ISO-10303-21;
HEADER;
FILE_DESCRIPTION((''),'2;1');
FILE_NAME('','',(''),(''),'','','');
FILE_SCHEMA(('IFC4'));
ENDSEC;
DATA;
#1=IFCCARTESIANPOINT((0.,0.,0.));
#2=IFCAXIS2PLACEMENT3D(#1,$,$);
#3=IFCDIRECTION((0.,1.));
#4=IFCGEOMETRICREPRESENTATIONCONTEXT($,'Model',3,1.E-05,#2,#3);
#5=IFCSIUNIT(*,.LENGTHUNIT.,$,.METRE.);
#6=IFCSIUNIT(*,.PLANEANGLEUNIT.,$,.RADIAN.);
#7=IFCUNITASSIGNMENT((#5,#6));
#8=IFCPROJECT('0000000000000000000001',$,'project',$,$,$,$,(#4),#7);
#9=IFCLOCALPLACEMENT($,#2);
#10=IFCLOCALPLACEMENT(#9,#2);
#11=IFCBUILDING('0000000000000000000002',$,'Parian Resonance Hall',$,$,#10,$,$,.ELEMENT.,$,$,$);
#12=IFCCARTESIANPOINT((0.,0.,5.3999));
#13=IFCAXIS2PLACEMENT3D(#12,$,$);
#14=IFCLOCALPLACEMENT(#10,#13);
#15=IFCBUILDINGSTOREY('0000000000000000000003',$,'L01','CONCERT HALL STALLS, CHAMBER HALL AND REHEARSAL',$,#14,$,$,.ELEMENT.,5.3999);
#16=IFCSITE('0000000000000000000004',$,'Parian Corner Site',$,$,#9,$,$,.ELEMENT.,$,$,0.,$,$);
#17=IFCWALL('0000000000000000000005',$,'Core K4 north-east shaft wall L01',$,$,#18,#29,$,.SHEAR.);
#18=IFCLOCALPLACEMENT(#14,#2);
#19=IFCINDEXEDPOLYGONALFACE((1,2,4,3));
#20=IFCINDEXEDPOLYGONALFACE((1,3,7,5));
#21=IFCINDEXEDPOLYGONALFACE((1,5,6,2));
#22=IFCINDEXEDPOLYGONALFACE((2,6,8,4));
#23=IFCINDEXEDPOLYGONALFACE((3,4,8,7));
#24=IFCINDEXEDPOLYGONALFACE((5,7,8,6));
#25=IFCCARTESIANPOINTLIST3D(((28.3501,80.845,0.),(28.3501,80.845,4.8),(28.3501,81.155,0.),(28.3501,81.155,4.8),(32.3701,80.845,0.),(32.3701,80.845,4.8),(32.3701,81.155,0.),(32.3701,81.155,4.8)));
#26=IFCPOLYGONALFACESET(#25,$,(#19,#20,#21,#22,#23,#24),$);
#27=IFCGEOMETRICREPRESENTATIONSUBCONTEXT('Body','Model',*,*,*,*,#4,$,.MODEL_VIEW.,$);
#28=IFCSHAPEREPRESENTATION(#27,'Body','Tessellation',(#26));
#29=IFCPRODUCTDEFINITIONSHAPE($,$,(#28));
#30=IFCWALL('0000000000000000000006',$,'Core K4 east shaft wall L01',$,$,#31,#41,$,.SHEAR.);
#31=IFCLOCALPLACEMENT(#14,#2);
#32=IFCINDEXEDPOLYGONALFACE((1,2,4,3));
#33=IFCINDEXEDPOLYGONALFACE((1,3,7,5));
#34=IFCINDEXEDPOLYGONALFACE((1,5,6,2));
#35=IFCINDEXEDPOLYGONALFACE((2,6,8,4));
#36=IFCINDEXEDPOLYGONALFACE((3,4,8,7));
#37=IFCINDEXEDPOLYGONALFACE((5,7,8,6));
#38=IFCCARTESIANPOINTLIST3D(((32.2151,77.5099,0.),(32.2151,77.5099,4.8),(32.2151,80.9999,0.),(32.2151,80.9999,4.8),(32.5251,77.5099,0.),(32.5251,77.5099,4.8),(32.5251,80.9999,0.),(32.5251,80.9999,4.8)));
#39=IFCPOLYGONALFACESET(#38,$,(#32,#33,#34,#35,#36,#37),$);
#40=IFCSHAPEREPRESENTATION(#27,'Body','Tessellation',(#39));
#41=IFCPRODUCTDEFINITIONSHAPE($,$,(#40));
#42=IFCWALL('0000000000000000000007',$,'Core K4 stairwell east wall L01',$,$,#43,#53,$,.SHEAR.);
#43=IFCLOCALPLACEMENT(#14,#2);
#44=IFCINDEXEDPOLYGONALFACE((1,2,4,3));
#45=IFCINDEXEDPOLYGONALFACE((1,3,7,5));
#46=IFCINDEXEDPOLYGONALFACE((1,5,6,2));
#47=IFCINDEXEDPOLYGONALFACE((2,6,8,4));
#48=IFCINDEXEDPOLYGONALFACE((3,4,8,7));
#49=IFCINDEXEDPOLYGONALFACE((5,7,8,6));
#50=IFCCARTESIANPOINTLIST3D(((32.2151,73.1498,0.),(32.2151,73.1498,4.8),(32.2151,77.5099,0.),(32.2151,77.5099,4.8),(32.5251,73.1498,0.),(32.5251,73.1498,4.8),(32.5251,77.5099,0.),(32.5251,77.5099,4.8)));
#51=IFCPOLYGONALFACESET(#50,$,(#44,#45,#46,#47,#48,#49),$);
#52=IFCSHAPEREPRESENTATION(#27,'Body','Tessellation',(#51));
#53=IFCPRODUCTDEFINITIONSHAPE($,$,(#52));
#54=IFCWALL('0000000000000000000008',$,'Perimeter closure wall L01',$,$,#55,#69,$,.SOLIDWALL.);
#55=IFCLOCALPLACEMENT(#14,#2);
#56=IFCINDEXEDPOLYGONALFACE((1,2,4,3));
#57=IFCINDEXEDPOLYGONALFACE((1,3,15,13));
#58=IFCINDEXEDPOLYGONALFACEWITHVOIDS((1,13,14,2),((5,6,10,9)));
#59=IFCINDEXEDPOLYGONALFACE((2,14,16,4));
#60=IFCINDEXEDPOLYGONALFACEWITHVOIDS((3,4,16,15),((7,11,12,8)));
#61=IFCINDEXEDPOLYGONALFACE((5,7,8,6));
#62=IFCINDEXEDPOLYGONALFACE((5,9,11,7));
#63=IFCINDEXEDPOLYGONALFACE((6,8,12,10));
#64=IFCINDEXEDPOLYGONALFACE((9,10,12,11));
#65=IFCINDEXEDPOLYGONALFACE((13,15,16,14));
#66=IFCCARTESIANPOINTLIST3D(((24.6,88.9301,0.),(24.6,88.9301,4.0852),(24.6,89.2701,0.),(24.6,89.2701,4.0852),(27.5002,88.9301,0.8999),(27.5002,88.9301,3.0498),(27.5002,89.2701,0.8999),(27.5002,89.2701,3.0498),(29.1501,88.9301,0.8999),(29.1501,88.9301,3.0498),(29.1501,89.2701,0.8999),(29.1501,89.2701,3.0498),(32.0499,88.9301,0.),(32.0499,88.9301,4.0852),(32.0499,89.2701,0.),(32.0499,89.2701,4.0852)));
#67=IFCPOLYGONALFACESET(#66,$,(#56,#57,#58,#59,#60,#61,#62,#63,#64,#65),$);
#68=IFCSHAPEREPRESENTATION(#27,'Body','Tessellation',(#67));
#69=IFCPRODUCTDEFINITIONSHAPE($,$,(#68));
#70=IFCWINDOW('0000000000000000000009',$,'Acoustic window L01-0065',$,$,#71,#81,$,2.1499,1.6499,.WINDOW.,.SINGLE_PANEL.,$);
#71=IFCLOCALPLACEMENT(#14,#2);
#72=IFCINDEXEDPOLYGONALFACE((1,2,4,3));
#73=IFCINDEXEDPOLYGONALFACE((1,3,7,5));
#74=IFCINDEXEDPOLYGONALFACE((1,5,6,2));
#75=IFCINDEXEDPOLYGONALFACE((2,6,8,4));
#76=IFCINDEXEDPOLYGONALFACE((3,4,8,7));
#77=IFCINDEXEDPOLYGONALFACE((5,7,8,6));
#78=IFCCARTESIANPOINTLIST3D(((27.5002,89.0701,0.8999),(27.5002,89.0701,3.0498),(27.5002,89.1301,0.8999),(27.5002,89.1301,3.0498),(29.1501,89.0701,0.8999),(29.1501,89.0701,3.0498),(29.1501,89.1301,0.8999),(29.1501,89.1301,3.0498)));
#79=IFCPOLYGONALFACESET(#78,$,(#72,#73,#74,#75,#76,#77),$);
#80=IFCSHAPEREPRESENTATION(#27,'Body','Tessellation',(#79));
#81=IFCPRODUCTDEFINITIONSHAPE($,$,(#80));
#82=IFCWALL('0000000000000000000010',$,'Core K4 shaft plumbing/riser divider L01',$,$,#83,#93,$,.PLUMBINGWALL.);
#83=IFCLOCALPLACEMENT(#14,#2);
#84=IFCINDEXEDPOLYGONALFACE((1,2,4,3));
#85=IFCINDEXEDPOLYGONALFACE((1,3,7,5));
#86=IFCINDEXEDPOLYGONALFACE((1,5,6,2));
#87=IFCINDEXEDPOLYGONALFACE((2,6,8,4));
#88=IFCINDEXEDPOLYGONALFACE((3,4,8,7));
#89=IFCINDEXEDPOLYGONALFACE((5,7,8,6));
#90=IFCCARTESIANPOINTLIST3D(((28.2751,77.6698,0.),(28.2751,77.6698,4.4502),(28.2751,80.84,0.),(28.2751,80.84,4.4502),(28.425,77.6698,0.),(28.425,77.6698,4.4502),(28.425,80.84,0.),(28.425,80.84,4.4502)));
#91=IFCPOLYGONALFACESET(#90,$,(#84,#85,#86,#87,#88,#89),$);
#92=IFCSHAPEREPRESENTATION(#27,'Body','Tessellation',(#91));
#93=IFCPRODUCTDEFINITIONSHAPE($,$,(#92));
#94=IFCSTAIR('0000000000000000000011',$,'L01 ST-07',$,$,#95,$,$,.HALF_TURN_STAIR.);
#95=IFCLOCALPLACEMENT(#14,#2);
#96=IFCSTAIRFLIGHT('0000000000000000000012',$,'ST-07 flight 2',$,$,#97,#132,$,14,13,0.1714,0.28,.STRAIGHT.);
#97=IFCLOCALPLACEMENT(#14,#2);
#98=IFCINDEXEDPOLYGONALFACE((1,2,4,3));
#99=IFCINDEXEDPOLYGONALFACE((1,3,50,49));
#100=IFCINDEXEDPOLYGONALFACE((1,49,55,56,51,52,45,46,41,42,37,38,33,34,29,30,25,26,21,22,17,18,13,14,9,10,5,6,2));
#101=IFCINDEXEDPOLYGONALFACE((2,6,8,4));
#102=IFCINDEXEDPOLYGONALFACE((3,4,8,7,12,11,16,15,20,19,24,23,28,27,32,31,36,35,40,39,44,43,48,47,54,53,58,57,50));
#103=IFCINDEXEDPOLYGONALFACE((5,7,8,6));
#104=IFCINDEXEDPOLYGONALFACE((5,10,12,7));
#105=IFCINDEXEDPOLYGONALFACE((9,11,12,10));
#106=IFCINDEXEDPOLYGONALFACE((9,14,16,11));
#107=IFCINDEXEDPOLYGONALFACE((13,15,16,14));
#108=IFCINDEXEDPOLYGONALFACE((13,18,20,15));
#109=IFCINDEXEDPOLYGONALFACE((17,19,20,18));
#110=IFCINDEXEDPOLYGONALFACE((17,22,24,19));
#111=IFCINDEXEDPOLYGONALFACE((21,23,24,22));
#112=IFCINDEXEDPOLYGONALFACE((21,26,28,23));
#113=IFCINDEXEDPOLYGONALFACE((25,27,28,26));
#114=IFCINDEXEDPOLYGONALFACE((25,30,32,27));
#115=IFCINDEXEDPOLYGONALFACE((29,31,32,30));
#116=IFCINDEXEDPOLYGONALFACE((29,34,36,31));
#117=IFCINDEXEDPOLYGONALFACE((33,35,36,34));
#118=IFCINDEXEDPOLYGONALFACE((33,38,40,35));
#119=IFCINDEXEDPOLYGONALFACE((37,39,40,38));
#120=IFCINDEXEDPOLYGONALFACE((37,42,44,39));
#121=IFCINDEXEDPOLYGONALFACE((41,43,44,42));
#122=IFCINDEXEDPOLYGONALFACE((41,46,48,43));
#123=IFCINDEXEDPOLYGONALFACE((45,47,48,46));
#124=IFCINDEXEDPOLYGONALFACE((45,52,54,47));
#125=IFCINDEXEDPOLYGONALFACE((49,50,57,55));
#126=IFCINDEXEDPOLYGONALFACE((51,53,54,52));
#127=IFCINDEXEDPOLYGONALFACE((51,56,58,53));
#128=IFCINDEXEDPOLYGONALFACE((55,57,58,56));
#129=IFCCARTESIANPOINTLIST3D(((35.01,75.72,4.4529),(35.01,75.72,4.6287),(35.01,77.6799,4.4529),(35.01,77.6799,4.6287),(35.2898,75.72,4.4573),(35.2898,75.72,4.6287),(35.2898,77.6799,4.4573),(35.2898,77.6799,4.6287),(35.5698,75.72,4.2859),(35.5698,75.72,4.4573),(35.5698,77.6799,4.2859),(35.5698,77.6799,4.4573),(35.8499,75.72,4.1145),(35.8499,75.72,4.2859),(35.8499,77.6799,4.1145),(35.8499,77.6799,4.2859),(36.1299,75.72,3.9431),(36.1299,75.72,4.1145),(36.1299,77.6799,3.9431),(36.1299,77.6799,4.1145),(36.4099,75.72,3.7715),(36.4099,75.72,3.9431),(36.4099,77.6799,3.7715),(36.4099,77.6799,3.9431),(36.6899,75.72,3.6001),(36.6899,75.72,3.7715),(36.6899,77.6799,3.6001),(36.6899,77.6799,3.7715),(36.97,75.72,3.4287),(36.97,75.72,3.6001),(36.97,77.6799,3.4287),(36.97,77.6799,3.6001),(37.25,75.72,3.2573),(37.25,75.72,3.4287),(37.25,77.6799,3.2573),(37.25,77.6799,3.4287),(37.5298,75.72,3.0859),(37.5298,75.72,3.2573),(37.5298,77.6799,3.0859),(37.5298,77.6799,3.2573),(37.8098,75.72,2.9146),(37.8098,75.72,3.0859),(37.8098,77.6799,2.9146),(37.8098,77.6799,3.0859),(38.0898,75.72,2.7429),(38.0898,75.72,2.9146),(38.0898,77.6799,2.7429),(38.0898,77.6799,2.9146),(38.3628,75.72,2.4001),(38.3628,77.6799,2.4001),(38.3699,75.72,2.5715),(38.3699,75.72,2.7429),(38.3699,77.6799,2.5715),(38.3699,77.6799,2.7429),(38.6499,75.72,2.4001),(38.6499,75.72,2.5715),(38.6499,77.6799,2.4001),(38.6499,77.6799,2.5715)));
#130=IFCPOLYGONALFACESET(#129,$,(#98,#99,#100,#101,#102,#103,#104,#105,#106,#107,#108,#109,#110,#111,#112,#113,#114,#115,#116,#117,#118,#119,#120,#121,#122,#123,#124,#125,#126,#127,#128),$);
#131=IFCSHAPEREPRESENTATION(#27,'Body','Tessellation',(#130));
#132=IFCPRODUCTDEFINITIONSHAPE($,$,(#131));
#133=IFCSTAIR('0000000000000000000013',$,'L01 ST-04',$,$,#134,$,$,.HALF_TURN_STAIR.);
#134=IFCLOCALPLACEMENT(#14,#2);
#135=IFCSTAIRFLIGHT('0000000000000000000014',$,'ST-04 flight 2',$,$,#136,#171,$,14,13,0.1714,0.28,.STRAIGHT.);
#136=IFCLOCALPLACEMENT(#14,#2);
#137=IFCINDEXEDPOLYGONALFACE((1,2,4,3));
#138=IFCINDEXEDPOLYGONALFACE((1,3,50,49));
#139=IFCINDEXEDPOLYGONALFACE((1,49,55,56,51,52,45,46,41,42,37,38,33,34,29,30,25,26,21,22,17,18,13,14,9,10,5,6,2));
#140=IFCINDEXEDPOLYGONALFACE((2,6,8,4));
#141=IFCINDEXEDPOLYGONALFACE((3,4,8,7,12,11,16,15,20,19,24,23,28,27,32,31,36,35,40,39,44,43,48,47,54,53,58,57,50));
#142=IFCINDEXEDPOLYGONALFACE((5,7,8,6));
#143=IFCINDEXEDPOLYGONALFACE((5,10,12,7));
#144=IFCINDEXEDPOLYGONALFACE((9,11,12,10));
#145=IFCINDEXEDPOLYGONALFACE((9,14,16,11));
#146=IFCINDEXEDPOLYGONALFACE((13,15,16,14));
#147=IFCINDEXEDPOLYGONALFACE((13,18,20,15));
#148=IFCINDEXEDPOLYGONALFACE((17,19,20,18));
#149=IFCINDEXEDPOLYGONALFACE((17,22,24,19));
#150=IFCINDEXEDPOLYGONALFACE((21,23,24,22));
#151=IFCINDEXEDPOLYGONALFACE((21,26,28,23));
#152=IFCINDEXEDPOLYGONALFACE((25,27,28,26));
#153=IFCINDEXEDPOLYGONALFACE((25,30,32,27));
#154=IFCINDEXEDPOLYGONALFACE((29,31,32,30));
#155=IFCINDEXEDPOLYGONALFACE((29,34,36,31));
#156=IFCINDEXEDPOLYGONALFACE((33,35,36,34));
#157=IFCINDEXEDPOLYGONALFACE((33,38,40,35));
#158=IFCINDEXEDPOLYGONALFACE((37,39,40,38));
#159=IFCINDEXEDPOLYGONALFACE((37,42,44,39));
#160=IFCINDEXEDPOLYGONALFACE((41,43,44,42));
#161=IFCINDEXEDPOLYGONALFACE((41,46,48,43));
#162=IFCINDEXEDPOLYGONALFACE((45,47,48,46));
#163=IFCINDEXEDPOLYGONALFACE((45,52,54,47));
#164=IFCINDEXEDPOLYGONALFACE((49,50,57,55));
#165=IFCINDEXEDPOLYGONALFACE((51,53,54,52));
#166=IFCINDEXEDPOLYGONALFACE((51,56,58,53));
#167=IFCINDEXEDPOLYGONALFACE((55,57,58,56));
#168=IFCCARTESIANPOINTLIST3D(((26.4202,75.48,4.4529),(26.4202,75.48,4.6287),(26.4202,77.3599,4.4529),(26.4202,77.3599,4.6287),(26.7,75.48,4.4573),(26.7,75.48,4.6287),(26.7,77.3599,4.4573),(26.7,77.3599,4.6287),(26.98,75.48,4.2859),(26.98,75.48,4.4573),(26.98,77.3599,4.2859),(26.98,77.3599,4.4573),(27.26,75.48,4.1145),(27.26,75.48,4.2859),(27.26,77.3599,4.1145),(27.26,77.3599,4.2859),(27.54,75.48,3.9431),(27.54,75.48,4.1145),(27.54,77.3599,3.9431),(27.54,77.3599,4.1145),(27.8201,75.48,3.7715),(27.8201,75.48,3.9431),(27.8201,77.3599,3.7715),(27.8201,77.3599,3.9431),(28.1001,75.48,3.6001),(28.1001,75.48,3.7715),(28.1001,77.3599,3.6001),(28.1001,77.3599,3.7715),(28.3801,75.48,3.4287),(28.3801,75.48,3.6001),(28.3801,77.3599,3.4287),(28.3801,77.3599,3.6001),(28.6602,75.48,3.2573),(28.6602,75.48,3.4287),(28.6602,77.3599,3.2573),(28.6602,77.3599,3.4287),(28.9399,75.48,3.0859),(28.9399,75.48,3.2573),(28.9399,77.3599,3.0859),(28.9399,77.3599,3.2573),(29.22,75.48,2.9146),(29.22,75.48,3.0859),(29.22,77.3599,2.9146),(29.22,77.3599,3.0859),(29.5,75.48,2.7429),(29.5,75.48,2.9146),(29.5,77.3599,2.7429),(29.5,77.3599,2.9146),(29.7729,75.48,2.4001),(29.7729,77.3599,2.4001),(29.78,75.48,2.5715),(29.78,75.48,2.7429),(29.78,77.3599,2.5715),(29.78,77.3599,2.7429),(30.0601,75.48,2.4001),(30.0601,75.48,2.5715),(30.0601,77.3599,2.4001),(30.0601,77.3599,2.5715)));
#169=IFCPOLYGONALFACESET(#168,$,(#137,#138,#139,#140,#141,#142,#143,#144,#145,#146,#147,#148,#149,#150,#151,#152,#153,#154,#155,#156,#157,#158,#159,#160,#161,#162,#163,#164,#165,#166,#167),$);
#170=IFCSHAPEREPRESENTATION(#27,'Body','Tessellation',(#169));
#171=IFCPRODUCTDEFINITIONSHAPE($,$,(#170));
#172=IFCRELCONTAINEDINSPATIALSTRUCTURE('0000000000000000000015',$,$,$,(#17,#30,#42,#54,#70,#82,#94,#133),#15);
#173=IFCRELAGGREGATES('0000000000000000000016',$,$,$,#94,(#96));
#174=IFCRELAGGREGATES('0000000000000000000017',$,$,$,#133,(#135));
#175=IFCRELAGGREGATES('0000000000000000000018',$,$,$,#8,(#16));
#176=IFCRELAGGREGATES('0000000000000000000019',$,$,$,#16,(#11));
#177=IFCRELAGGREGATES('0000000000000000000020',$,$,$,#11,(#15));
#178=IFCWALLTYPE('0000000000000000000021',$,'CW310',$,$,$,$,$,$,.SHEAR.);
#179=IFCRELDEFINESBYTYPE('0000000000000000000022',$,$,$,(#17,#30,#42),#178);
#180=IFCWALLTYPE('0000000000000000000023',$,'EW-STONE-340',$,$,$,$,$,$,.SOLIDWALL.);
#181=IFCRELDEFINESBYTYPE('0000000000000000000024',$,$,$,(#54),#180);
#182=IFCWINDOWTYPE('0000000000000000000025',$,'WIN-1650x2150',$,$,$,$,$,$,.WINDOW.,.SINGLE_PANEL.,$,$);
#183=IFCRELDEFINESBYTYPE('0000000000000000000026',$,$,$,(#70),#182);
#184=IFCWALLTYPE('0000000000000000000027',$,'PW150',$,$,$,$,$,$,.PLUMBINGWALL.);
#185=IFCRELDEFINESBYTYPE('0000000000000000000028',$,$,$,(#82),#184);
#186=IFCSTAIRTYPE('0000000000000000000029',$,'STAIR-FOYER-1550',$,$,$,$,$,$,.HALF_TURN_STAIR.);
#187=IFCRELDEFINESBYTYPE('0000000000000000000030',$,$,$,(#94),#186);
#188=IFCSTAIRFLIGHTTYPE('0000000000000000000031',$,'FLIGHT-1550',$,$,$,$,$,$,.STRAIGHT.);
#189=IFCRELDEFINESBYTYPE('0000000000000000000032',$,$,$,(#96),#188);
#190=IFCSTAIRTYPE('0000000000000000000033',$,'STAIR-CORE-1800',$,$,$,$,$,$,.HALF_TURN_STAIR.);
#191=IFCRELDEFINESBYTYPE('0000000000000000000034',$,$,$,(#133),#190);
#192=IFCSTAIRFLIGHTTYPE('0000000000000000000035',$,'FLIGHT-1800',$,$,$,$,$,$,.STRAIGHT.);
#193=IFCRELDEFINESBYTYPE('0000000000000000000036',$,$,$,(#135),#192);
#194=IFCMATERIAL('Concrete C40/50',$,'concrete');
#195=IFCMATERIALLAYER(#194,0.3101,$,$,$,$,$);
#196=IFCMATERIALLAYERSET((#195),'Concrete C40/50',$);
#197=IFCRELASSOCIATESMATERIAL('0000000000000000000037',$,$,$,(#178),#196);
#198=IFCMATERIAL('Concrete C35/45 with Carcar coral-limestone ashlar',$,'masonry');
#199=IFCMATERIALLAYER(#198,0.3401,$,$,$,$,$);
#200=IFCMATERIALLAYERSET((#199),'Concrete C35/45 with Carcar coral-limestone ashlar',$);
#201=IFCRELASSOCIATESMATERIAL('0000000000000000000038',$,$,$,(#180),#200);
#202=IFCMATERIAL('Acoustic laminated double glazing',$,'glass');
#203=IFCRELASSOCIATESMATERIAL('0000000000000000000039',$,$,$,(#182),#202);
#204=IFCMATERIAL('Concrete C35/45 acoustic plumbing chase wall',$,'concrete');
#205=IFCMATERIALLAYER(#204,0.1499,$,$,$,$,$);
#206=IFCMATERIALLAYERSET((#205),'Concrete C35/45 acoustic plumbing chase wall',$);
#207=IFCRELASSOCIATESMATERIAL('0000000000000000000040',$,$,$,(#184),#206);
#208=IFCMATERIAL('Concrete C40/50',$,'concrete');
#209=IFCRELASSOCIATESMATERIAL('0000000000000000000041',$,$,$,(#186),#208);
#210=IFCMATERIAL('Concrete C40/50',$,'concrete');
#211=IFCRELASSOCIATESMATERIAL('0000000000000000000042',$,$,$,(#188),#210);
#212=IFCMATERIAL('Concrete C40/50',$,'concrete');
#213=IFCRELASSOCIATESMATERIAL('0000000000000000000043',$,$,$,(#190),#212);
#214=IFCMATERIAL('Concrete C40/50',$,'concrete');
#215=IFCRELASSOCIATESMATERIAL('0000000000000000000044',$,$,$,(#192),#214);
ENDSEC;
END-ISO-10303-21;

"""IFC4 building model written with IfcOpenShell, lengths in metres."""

from ifc_helpers import new_model, si_unit, direction, frame, frame_2d, origin, place, context, subcontext, project, spatial, polyline, rectangle, outline, extrude, material, layer, layer_set, type_object, element, fill, aggregate, save


model = new_model("IFC4")

# Units and contexts
model_context = context("Model", 3, precision=1e-05, world=origin(), true_north=direction((0.0, 1.0)))
body_context = subcontext(model_context, "Body", "Model", "MODEL_VIEW")
ifc_project = project(units=[si_unit("LENGTHUNIT", "METRE"), si_unit("PLANEANGLEUNIT", "RADIAN")], contexts=[model_context])

# Site, building, storey
site_placement = place(None, origin())
site = spatial("IfcSite", under=ifc_project, at=site_placement, Name="Parian Corner Site", CompositionType="ELEMENT", RefElevation=0.0)
building_placement = place(site_placement, origin())
building = spatial("IfcBuilding", under=site, at=building_placement, Name="Parian Resonance Hall", CompositionType="ELEMENT")
storey_placement = place(building_placement, frame((0.0, 0.0, 5.3999)))
storey = spatial("IfcBuildingStorey", under=building, at=storey_placement, Name="L01", Description="CONCERT HALL STALLS, CHAMBER HALL AND REHEARSAL", CompositionType="ELEMENT", Elevation=5.3999)

# Walls
ifc_material_1 = material(Name="Concrete C40/50", Category="concrete")
ifc_layer_1 = layer(ifc_material_1, 0.3101)
ifc_layer_set_1 = layer_set([ifc_layer_1], Name="Concrete C40/50")
wall_type_1 = type_object("IfcWallType", Name="CW310", PredefinedType="SHEAR", material=ifc_layer_set_1)
wall_1_placement = place(storey_placement, frame((28.3501, 81.0, 0.0), z_axis=(0.0, 0.0, 1.0), x_axis=(1.0, 0.0, 0.0)))
element("IfcWall", 1, at=wall_1_placement, inside=storey, type_object=wall_type_1, Name="Core K4 north-east shaft wall L01", PredefinedType="SHEAR", context=body_context, shape_type="SweptSolid", body=[
    extrude(rectangle(XDim=4.02, YDim=0.3101, at=frame_2d((2.01, 0.0))), origin(), (0.0, 0.0, 1.0), 4.8),
])
wall_2_placement = place(storey_placement, frame((32.3701, 81.0, 0.0), z_axis=(0.0, 0.0, 1.0), x_axis=(0.0, -1.0, 0.0)))
element("IfcWall", 2, at=wall_2_placement, inside=storey, type_object=wall_type_1, Name="Core K4 east shaft wall L01", PredefinedType="SHEAR", context=body_context, shape_type="SweptSolid", body=[
    extrude(rectangle(XDim=3.49, YDim=0.3101, at=frame_2d((1.7451, 0.0))), origin(), (0.0, 0.0, 1.0), 4.8),
])
wall_3_placement = place(storey_placement, frame((32.3701, 77.51, 0.0), z_axis=(0.0, 0.0, 1.0), x_axis=(0.0, -1.0, 0.0)))
element("IfcWall", 3, at=wall_3_placement, inside=storey, type_object=wall_type_1, Name="Core K4 stairwell east wall L01", PredefinedType="SHEAR", context=body_context, shape_type="SweptSolid", body=[
    extrude(rectangle(XDim=4.3601, YDim=0.3101, at=frame_2d((2.1802, 0.0))), origin(), (0.0, 0.0, 1.0), 4.8),
])

# Wall, opening, window
ifc_material_2 = material(Name="Concrete C35/45 with Carcar coral-limestone ashlar", Category="masonry")
ifc_layer_2 = layer(ifc_material_2, 0.3401)
ifc_layer_set_2 = layer_set([ifc_layer_2], Name="Concrete C35/45 with Carcar coral-limestone ashlar")
wall_type_2 = type_object("IfcWallType", Name="EW-STONE-340", PredefinedType="SOLIDWALL", material=ifc_layer_set_2)
wall_4_placement = place(storey_placement, frame((32.05, 89.1001, 0.0), z_axis=(0.0, 0.0, 1.0), x_axis=(-1.0, 0.0, 0.0)))
wall_4 = element("IfcWall", 4, at=wall_4_placement, inside=storey, type_object=wall_type_2, Name="Perimeter closure wall L01", PredefinedType="SOLIDWALL", context=body_context, shape_type="SweptSolid", body=[
    extrude(rectangle(XDim=7.45, YDim=0.3401, at=frame_2d((3.7251, 0.0))), origin(), (0.0, 0.0, 1.0), 4.0852),
])
opening_placement = place(wall_4_placement, frame((2.8999, 0.0, 0.8999)))
opening = element("IfcOpeningElement", 5, at=opening_placement, cuts=wall_4, PredefinedType="OPENING", context=body_context, shape_type="SweptSolid", body=[
    extrude(rectangle(XDim=1.6499, YDim=2.1499, at=frame_2d((0.825, 1.075))), frame((0.0, 0.1799, 0.0), z_axis=(0.0, -1.0, 0.0), x_axis=(1.0, 0.0, 0.0)), (0.0, 0.0, 1.0), 0.3601),
])
ifc_material_3 = material(Name="Acoustic laminated double glazing", Category="glass")
window_type = type_object("IfcWindowType", Name="WIN-1650x2150", PartitioningType="SINGLE_PANEL", PredefinedType="WINDOW", material=ifc_material_3)
window_placement = place(opening_placement, origin())
window = element("IfcWindow", 6, at=window_placement, inside=storey, type_object=window_type, Name="Acoustic window L01-0065", OverallHeight=2.1499, OverallWidth=1.6499, PartitioningType="SINGLE_PANEL", PredefinedType="WINDOW", context=body_context, shape_type="SweptSolid", body=[
    extrude(rectangle(XDim=1.6499, YDim=2.1499, at=frame_2d((0.825, 1.075))), frame((0.0, 0.03, 0.0), z_axis=(0.0, -1.0, 0.0), x_axis=(1.0, 0.0, 0.0)), (0.0, 0.0, 1.0), 0.0601),
])
fill(opening, window)

# Wall
ifc_material_4 = material(Name="Concrete C35/45 acoustic plumbing chase wall", Category="concrete")
ifc_layer_3 = layer(ifc_material_4, 0.1499)
ifc_layer_set_3 = layer_set([ifc_layer_3], Name="Concrete C35/45 acoustic plumbing chase wall")
wall_type_3 = type_object("IfcWallType", Name="PW150", PredefinedType="PLUMBINGWALL", material=ifc_layer_set_3)
wall_5_placement = place(storey_placement, frame((28.3501, 77.6699, 0.0), z_axis=(0.0, 0.0, 1.0), x_axis=(0.0, 1.0, 0.0)))
element("IfcWall", 7, at=wall_5_placement, inside=storey, type_object=wall_type_3, Name="Core K4 shaft plumbing/riser divider L01", PredefinedType="PLUMBINGWALL", context=body_context, shape_type="SweptSolid", body=[
    extrude(rectangle(XDim=3.1702, YDim=0.1499, at=frame_2d((1.585, 0.0))), origin(), (0.0, 0.0, 1.0), 4.4502),
])

# Stairs, stair flights
ifc_material_5 = material(Name="Concrete C40/50", Category="concrete")
stair_type_1 = type_object("IfcStairType", Name="STAIR-FOYER-1550", PredefinedType="HALF_TURN_STAIR", material=ifc_material_5)
stair_1_placement = place(storey_placement, origin())
stair_1 = element("IfcStair", 8, at=stair_1_placement, inside=storey, type_object=stair_type_1, Name="L01 ST-07", PredefinedType="HALF_TURN_STAIR")
ifc_material_6 = material(Name="Concrete C40/50", Category="concrete")
stair_flight_type_1 = type_object("IfcStairFlightType", Name="FLIGHT-1550", PredefinedType="STRAIGHT", material=ifc_material_6)
stair_flight_1_placement = place(storey_placement, frame((38.6499, 76.7, 2.4001), z_axis=(0.0, 0.0, 1.0), x_axis=(-1.0, 0.0, 0.0)))
stair_flight_1 = element("IfcStairFlight", 9, at=stair_flight_1_placement, type_object=stair_flight_type_1, Name="ST-07 flight 2", NumberOfRisers=14, NumberOfTreads=13, PredefinedType="STRAIGHT", RiserHeight=0.1714, TreadLength=0.28, context=body_context, shape_type="SweptSolid", body=[
    extrude(outline(polyline([(0.0, 0.0), (0.0, 0.1714), (0.28, 0.1714), (0.28, 0.3428), (0.5601, 0.3428), (0.5601, 0.5144), (0.8401, 0.5144), (0.8401, 0.6858), (1.1201, 0.6858), (1.1201, 0.8572), (1.3999, 0.8572), (1.3999, 1.0286), (1.6799, 1.0286), (1.6799, 1.2), (1.96, 1.2), (1.96, 1.3713), (2.24, 1.3713), (2.24, 1.543), (2.52, 1.543), (2.52, 1.7144), (2.8, 1.7144), (2.8, 1.8857), (3.0801, 1.8857), (3.0801, 2.0571), (3.3601, 2.0571), (3.3601, 2.2285), (3.6399, 2.2285), (3.6399, 2.3999), (3.6399, 2.0527), (0.2871, 0.0), (0.0, 0.0)])), frame((0.0, 0.98, 0.0), z_axis=(0.0, -1.0, 0.0), x_axis=(1.0, 0.0, 0.0)), (0.0, 0.0, 1.0), 1.96),
])
aggregate(stair_1, [stair_flight_1])
ifc_material_7 = material(Name="Concrete C40/50", Category="concrete")
stair_type_2 = type_object("IfcStairType", Name="STAIR-CORE-1800", PredefinedType="HALF_TURN_STAIR", material=ifc_material_7)
stair_2_placement = place(storey_placement, origin())
stair_2 = element("IfcStair", 10, at=stair_2_placement, inside=storey, type_object=stair_type_2, Name="L01 ST-04", PredefinedType="HALF_TURN_STAIR")
ifc_material_8 = material(Name="Concrete C40/50", Category="concrete")
stair_flight_type_2 = type_object("IfcStairFlightType", Name="FLIGHT-1800", PredefinedType="STRAIGHT", material=ifc_material_8)
stair_flight_2_placement = place(storey_placement, frame((30.0601, 76.4199, 2.4001), z_axis=(0.0, 0.0, 1.0), x_axis=(-1.0, 0.0, 0.0)))
stair_flight_2 = element("IfcStairFlight", 11, at=stair_flight_2_placement, type_object=stair_flight_type_2, Name="ST-04 flight 2", NumberOfRisers=14, NumberOfTreads=13, PredefinedType="STRAIGHT", RiserHeight=0.1714, TreadLength=0.28, context=body_context, shape_type="SweptSolid", body=[
    extrude(outline(polyline([(0.0, 0.0), (0.0, 0.1714), (0.28, 0.1714), (0.28, 0.3428), (0.5601, 0.3428), (0.5601, 0.5144), (0.8401, 0.5144), (0.8401, 0.6858), (1.1201, 0.6858), (1.1201, 0.8572), (1.3999, 0.8572), (1.3999, 1.0286), (1.6799, 1.0286), (1.6799, 1.2), (1.96, 1.2), (1.96, 1.3713), (2.24, 1.3713), (2.24, 1.543), (2.52, 1.543), (2.52, 1.7144), (2.8, 1.7144), (2.8, 1.8857), (3.0801, 1.8857), (3.0801, 2.0571), (3.3601, 2.0571), (3.3601, 2.2285), (3.6399, 2.2285), (3.6399, 2.3999), (3.6399, 2.0527), (0.2871, 0.0), (0.0, 0.0)])), frame((0.0, 0.9399, 0.0), z_axis=(0.0, -1.0, 0.0), x_axis=(1.0, 0.0, 0.0)), (0.0, 0.0, 1.0), 1.8799),
])
aggregate(stair_2, [stair_flight_2])

save(model, "model.ifc")
